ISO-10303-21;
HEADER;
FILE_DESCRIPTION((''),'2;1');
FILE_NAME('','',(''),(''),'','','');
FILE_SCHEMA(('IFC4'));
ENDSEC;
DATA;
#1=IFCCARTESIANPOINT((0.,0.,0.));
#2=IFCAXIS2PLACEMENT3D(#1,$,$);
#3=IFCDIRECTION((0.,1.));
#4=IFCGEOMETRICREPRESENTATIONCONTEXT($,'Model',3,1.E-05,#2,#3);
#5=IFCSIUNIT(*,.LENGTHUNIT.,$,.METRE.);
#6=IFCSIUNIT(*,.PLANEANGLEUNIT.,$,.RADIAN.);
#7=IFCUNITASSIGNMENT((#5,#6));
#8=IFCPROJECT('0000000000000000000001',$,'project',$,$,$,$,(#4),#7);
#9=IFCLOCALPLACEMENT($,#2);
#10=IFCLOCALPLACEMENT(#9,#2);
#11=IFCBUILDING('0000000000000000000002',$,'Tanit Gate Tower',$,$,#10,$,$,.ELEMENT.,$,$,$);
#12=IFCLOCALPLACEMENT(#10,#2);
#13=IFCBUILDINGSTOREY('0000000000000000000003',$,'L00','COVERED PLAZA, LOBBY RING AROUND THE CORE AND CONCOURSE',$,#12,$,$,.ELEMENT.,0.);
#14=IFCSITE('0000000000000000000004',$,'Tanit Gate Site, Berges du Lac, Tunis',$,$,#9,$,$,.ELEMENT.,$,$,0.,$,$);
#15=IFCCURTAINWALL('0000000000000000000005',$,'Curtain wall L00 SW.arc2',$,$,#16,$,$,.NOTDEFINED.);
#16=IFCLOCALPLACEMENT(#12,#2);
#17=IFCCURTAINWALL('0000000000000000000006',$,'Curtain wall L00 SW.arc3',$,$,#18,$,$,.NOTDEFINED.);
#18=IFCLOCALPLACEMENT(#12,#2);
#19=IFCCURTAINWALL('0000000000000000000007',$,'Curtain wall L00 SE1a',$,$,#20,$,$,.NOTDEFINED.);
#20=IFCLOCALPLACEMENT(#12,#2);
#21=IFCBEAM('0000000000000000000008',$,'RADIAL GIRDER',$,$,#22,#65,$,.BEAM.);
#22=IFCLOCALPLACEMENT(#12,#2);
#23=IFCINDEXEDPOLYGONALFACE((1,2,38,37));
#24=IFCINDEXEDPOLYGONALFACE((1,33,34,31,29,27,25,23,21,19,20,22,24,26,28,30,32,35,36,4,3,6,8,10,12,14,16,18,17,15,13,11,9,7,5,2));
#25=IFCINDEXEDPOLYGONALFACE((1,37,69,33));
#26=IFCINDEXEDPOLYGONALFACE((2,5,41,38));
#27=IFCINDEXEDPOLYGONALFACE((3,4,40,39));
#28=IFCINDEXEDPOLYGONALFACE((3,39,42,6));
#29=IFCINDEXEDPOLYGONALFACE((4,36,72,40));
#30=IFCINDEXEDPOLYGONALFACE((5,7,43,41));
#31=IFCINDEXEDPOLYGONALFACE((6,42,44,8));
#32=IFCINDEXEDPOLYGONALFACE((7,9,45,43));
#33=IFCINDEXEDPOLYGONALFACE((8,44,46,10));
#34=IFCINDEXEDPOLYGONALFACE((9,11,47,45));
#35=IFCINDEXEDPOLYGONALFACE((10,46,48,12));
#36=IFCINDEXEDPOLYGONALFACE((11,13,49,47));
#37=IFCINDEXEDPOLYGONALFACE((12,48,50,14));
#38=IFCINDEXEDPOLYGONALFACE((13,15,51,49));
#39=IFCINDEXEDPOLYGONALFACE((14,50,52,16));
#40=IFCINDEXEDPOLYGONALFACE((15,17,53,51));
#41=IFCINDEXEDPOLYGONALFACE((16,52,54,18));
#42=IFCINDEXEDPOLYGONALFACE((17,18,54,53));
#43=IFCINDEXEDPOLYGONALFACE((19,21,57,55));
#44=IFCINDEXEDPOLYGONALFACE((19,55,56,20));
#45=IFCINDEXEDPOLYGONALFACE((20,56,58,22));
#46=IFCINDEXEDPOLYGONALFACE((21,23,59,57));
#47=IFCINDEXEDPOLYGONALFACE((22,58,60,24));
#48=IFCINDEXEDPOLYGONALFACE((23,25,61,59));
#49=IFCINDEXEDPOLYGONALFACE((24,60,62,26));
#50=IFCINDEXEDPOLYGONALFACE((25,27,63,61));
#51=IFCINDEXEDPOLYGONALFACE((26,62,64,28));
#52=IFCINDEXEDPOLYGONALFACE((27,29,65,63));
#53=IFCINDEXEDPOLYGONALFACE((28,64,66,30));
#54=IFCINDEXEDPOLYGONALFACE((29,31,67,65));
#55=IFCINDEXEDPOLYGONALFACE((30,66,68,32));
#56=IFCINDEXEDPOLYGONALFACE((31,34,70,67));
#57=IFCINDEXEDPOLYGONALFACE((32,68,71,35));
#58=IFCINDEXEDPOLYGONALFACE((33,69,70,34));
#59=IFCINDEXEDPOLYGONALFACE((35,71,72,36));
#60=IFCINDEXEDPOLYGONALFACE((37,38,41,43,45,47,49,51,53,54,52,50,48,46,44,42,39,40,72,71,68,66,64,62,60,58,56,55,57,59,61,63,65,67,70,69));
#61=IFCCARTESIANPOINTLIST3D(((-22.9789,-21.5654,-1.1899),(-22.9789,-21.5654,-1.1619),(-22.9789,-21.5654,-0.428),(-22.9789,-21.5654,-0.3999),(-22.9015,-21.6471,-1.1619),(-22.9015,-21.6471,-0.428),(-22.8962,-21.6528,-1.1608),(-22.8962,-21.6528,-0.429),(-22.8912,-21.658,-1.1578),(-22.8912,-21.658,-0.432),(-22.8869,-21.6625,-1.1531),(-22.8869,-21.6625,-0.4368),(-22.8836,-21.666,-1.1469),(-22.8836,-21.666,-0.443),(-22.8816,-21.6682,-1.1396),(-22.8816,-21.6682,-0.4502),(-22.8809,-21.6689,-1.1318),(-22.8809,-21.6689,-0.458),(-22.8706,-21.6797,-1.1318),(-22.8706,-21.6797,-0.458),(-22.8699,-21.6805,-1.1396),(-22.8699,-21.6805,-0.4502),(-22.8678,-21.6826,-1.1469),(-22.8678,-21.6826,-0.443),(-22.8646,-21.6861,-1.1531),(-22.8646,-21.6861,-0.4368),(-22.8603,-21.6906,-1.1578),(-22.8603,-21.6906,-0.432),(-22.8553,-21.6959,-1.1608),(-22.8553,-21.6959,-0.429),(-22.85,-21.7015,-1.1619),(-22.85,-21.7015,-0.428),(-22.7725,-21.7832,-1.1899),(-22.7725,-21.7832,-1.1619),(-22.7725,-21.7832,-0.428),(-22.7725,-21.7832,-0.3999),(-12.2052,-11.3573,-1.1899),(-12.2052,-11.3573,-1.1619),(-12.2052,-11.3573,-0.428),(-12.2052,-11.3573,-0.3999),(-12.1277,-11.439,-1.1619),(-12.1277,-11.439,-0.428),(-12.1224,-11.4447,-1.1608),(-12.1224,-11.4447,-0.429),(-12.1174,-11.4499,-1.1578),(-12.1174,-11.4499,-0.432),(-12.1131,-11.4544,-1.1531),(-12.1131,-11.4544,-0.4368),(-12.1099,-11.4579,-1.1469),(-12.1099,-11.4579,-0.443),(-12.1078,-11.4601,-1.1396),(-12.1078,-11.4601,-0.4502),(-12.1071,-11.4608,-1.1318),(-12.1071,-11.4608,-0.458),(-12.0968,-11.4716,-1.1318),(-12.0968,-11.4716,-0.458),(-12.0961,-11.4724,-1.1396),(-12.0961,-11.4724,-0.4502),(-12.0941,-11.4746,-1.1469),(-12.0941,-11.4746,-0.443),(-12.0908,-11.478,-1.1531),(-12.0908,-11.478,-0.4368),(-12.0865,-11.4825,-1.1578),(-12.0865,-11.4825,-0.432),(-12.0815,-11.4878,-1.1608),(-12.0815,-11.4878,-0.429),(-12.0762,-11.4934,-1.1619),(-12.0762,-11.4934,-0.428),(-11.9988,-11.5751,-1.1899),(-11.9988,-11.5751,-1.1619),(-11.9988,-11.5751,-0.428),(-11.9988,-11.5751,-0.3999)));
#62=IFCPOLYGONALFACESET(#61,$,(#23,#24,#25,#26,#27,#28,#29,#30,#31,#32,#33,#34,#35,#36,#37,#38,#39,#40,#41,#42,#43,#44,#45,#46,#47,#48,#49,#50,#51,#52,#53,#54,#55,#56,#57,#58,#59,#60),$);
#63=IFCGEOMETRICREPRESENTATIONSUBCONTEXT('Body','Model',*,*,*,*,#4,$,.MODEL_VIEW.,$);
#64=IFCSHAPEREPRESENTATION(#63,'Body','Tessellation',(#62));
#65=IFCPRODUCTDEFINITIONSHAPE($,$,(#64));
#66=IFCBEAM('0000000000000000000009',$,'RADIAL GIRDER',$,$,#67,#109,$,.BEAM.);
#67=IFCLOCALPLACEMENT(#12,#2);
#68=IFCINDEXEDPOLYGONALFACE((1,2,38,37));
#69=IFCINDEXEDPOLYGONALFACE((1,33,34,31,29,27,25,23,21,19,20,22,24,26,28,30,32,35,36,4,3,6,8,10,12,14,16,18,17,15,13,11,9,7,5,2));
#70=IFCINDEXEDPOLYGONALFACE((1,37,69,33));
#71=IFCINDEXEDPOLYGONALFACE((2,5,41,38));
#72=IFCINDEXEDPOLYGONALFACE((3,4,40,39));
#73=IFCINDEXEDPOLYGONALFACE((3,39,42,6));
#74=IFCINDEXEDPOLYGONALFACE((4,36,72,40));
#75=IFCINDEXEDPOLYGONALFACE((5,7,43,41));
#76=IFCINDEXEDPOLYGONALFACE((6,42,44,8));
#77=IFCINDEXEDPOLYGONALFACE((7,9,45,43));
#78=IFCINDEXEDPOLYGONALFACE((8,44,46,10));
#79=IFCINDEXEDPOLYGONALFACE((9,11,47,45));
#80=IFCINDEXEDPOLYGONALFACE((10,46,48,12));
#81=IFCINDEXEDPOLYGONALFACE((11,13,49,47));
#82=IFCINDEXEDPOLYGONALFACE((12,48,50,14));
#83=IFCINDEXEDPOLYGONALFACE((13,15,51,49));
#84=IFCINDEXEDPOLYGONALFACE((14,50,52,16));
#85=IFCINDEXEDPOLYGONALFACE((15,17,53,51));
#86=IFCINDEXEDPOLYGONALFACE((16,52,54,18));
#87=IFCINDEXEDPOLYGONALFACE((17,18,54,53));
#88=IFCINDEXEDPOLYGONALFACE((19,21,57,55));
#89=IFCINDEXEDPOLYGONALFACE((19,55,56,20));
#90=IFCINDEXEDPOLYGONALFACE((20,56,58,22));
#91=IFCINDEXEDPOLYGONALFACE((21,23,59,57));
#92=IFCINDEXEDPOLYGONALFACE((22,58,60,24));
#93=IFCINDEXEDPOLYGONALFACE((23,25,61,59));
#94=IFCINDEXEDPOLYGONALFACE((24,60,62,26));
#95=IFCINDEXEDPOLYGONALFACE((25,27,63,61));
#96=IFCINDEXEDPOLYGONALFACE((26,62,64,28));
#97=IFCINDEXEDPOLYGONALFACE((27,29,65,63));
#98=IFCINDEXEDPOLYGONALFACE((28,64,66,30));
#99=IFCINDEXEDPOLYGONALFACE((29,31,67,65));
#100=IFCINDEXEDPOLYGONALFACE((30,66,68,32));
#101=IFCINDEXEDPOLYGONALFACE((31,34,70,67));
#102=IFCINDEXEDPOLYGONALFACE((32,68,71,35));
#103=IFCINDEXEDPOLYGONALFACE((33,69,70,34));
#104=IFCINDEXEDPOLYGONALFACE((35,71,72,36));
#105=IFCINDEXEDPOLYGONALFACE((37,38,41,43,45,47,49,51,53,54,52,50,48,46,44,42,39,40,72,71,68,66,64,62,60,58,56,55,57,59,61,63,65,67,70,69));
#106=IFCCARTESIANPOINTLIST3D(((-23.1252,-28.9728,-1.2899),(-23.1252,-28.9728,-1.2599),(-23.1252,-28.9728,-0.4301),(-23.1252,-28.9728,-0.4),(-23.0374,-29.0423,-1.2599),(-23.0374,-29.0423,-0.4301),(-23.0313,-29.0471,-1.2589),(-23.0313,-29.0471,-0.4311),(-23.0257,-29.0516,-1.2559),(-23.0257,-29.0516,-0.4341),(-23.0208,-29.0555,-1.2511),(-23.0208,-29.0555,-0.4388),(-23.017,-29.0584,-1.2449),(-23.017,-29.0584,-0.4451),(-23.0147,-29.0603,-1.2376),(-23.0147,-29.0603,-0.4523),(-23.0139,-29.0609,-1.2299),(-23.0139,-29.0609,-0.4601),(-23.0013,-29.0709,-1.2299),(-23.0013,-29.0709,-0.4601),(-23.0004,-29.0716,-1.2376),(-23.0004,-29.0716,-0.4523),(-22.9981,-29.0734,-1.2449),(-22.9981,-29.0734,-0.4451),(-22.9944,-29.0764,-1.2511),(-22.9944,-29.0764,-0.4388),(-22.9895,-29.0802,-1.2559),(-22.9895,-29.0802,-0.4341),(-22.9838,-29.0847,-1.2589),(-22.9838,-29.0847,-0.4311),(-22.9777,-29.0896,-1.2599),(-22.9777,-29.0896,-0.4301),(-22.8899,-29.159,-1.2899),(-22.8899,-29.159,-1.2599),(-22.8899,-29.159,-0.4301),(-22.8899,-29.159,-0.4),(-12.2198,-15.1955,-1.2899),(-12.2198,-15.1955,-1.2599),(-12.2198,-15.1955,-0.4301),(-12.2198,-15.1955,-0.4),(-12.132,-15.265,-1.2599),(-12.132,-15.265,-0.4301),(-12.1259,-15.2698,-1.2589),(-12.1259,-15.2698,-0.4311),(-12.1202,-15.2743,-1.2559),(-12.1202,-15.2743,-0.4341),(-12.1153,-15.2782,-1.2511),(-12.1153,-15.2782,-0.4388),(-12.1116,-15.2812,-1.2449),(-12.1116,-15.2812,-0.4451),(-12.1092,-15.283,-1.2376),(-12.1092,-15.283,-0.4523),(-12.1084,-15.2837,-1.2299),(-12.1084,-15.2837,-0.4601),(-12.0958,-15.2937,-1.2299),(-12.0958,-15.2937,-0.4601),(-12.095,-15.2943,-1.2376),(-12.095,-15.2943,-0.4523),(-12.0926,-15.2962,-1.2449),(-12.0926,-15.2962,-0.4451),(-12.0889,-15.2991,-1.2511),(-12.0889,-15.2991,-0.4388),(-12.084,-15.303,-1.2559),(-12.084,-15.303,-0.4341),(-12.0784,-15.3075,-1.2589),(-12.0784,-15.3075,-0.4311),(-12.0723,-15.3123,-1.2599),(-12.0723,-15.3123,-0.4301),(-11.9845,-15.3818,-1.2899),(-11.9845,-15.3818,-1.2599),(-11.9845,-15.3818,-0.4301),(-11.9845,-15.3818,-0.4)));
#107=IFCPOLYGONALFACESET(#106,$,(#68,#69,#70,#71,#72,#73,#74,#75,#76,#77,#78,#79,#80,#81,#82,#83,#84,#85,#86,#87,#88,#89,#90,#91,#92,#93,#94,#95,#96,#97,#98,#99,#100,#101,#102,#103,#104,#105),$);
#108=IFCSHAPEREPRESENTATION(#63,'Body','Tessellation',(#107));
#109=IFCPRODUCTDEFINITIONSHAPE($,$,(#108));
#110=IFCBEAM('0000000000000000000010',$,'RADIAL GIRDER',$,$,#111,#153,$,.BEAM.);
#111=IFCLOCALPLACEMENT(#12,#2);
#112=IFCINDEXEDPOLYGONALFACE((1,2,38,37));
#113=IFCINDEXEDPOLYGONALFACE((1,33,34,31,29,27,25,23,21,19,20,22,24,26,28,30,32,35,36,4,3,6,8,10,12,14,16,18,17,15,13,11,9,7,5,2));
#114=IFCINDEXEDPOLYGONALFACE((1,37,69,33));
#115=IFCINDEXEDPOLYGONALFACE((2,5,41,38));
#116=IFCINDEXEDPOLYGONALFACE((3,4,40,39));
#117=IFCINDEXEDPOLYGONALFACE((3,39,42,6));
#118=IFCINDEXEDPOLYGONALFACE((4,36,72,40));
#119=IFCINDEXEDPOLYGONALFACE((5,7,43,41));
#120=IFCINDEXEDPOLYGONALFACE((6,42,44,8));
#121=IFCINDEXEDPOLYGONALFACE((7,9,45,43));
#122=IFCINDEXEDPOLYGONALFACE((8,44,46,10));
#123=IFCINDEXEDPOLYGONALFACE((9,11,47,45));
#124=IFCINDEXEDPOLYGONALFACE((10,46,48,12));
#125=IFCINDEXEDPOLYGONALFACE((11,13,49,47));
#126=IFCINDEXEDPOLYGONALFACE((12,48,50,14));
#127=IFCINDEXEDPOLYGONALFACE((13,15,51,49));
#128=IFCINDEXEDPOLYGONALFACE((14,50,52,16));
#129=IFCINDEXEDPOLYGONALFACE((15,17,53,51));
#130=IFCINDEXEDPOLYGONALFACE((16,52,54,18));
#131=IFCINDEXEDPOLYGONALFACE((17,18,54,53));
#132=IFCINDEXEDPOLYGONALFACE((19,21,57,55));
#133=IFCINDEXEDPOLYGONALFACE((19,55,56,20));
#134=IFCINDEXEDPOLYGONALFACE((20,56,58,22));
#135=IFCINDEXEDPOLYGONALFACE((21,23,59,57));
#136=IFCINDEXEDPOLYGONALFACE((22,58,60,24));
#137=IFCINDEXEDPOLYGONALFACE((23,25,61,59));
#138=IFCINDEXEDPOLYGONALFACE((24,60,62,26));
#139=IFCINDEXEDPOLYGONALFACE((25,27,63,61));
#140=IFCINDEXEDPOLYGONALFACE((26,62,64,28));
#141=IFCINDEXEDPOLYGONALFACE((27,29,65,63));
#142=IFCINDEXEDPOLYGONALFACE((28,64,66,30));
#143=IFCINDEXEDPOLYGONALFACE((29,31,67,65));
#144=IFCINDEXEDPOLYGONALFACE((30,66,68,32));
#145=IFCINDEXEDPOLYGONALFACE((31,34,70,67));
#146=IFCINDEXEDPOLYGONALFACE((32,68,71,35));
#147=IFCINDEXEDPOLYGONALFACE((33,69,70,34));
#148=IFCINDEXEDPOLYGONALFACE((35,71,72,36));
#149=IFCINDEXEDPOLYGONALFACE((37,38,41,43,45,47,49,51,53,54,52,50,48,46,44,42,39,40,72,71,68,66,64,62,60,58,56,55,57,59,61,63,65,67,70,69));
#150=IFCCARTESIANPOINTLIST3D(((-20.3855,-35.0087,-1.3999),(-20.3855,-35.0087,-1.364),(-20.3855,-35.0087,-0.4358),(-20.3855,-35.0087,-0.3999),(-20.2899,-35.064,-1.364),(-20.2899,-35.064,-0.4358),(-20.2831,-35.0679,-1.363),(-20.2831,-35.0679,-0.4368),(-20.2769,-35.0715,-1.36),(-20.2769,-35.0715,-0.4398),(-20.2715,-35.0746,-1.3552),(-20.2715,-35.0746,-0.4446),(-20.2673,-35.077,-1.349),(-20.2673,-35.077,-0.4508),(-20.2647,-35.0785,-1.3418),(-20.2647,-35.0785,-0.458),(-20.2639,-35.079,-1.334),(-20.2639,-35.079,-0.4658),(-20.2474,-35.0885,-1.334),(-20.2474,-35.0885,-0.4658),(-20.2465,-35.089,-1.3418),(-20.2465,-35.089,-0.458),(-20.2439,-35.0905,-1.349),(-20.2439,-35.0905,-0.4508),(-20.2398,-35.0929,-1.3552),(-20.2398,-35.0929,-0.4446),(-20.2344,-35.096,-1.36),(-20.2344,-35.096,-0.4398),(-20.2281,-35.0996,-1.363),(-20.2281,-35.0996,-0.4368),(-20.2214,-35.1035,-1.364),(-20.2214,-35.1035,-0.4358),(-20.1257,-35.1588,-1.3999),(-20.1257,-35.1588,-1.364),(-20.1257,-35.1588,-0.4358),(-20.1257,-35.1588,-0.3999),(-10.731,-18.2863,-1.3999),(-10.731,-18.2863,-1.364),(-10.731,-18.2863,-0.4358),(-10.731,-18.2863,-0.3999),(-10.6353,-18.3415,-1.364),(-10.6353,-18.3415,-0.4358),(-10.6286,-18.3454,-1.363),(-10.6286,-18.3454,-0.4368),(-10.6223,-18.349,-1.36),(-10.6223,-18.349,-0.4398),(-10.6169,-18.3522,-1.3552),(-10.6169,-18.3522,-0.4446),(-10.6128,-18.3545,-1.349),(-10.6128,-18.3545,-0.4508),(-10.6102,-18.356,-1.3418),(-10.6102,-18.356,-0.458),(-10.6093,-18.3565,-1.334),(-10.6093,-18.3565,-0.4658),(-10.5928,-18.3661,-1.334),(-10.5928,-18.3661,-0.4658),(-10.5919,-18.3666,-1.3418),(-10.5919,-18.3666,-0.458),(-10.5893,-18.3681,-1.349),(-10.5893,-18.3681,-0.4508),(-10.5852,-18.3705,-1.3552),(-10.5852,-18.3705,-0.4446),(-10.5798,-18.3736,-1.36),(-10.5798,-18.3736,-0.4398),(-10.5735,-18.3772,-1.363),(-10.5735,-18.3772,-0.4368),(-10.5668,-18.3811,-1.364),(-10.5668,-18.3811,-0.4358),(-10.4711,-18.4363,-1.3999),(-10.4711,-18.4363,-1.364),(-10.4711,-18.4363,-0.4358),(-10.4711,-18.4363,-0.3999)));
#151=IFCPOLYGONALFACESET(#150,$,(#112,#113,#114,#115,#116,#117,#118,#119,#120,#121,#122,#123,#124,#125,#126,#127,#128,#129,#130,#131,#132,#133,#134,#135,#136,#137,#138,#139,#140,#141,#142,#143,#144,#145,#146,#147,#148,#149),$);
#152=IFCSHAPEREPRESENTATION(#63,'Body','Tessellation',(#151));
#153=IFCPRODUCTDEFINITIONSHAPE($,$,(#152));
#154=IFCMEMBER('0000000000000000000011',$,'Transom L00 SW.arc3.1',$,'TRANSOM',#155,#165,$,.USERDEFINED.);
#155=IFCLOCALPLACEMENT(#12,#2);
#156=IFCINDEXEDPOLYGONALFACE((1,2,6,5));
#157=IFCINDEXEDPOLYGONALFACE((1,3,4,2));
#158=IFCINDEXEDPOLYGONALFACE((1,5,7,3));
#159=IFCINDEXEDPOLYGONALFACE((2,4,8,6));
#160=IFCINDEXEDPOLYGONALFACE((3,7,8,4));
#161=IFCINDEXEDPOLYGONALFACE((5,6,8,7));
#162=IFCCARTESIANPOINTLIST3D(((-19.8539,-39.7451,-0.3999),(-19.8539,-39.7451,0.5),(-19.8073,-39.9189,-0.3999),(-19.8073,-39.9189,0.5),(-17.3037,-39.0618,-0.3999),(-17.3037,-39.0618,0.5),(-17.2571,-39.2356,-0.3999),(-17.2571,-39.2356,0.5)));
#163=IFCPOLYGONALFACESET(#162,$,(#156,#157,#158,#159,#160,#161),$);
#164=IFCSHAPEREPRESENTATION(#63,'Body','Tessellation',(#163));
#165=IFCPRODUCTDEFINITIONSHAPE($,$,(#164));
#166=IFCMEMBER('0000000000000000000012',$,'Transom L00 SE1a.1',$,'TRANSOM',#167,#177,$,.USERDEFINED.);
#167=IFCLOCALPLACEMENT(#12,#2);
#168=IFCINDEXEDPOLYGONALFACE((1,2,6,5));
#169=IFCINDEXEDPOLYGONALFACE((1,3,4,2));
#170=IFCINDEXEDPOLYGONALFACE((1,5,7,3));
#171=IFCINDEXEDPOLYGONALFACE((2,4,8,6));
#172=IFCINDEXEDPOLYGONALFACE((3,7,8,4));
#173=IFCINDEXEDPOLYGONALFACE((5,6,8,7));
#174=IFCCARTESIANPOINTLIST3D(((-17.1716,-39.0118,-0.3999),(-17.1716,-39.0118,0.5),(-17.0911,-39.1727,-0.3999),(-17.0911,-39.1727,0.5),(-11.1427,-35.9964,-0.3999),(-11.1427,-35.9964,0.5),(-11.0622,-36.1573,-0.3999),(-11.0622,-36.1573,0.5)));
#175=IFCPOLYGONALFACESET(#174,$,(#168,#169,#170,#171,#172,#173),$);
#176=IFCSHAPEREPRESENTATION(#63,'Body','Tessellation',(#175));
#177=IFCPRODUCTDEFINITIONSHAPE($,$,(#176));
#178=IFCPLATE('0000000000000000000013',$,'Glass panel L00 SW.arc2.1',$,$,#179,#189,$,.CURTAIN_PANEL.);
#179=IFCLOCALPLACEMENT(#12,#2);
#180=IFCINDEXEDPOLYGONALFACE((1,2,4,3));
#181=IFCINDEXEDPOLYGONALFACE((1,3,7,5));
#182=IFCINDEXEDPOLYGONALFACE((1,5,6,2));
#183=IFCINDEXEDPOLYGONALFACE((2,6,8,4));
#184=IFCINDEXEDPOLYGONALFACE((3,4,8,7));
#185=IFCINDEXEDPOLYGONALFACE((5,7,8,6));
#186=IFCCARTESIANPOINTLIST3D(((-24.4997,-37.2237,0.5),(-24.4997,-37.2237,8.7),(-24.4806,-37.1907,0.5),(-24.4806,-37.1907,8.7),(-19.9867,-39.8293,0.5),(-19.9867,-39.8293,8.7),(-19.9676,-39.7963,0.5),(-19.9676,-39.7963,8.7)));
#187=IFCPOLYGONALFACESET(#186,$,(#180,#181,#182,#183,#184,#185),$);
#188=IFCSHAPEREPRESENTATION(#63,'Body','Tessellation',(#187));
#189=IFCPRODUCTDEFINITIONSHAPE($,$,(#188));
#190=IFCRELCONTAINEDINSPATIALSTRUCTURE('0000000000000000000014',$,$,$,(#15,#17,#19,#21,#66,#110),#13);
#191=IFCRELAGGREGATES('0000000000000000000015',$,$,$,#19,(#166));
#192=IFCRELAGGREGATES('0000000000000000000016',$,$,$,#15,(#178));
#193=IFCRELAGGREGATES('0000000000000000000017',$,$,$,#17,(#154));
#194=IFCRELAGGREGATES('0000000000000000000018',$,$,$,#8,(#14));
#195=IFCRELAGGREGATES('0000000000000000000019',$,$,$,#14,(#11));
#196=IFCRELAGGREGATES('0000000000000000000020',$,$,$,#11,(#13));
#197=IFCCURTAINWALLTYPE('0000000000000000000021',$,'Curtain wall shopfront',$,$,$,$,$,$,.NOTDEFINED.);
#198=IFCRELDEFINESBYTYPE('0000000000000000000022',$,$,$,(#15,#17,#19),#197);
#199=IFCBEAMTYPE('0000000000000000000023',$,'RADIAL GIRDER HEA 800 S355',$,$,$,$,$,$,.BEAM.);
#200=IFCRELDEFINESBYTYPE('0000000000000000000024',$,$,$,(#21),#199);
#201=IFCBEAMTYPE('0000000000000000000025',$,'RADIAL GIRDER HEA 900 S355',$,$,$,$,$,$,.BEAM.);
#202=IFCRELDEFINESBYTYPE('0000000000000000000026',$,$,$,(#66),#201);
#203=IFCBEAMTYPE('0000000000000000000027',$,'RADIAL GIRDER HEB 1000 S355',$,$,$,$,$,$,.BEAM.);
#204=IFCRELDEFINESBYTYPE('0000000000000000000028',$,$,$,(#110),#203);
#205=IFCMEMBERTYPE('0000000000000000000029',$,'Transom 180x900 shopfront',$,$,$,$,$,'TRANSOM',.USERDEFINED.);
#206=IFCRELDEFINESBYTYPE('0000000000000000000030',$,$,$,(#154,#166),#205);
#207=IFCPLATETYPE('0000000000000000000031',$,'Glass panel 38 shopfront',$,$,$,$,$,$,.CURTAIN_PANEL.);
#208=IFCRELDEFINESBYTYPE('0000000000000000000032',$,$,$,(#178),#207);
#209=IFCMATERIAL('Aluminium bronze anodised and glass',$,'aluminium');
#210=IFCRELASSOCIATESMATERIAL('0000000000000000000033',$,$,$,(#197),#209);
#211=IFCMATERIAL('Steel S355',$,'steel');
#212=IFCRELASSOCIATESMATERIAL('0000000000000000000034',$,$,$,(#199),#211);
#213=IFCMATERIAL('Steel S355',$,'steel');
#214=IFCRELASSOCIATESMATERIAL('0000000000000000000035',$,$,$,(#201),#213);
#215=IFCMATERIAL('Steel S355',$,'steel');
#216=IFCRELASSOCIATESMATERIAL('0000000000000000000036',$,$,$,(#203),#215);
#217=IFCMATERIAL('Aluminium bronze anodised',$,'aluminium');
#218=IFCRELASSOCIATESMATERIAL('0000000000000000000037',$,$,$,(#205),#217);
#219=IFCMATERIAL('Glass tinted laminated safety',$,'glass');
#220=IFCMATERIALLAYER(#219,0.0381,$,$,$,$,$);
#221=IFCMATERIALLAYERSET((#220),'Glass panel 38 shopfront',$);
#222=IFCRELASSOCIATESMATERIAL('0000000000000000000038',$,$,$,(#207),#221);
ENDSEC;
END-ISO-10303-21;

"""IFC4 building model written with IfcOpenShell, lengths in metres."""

from ifc_helpers import new_model, si_unit, direction, frame, origin, origin_2d, place, context, subcontext, project, spatial, rectangle, i_section, extrude, material, layer, layer_set, material_profile, profile_set, type_object, element, aggregate, save


model = new_model("IFC4")

# Units and contexts
model_context = context("Model", 3, precision=1e-05, world=origin(), true_north=direction((0.0, 1.0)))
body_context = subcontext(model_context, "Body", "Model", "MODEL_VIEW")
ifc_project = project(units=[si_unit("LENGTHUNIT", "METRE"), si_unit("PLANEANGLEUNIT", "RADIAN")], contexts=[model_context])

# Site, building, storey
site_placement = place(None, origin())
site = spatial("IfcSite", under=ifc_project, at=site_placement, Name="Tanit Gate Site, Berges du Lac, Tunis", CompositionType="ELEMENT", RefElevation=0.0)
building_placement = place(site_placement, origin())
building = spatial("IfcBuilding", under=site, at=building_placement, Name="Tanit Gate Tower", CompositionType="ELEMENT")
storey_placement = place(building_placement, origin())
storey = spatial("IfcBuildingStorey", under=building, at=storey_placement, Name="L00", Description="COVERED PLAZA, LOBBY RING AROUND THE CORE AND CONCOURSE", CompositionType="ELEMENT", Elevation=0.0)

# Curtain wall
ifc_material_1 = material(Name="Aluminium bronze anodised and glass", Category="aluminium")
curtain_wall_type = type_object("IfcCurtainWallType", Name="Curtain wall shopfront", PredefinedType="NOTDEFINED", material=ifc_material_1)
curtain_wall_1_placement = place(storey_placement, origin())
curtain_wall_1 = element("IfcCurtainWall", 1, at=curtain_wall_1_placement, inside=storey, type_object=curtain_wall_type, Name="Curtain wall L00 SW.arc2", PredefinedType="NOTDEFINED")

# Curtain wall
curtain_wall_2_placement = place(storey_placement, origin())
curtain_wall_2 = element("IfcCurtainWall", 2, at=curtain_wall_2_placement, inside=storey, type_object=curtain_wall_type, Name="Curtain wall L00 SW.arc3", PredefinedType="NOTDEFINED")

# Curtain wall
curtain_wall_3_placement = place(storey_placement, origin())
curtain_wall_3 = element("IfcCurtainWall", 3, at=curtain_wall_3_placement, inside=storey, type_object=curtain_wall_type, Name="Curtain wall L00 SE1a", PredefinedType="NOTDEFINED")

# Beams
ifc_material_2 = material(Name="Steel S355", Category="steel")
ifc_material_profile_1 = material_profile(ifc_material_2, i_section(OverallWidth=0.3, OverallDepth=0.79, WebThickness=0.0149, FlangeThickness=0.0281, FilletRadius=0.03, at=origin_2d()), Name="HEA 800")
ifc_profile_set_1 = profile_set([ifc_material_profile_1], Name="Steel S355")
beam_type_1 = type_object("IfcBeamType", Name="RADIAL GIRDER HEA 800 S355", PredefinedType="BEAM", material=ifc_profile_set_1)
beam_1_placement = place(storey_placement, frame((-22.8757, -21.6743, -0.7949), z_axis=(0.725907, 0.687793, 0.0), x_axis=(-0.687793, 0.725907, 0.0)))
element("IfcBeam", 4, at=beam_1_placement, inside=storey, type_object=beam_type_1, Name="RADIAL GIRDER", PredefinedType="BEAM", context=body_context, shape_type="SweptSolid", body=[
    extrude(i_section(OverallWidth=0.3, OverallDepth=0.79, WebThickness=0.0149, FlangeThickness=0.0281, FilletRadius=0.03, at=origin_2d()), origin(), (0.0, 0.0, 1.0), 14.8418),
])
ifc_material_3 = material(Name="Steel S355", Category="steel")
ifc_material_profile_2 = material_profile(ifc_material_3, i_section(OverallWidth=0.3, OverallDepth=0.8899, WebThickness=0.0161, FlangeThickness=0.03, FilletRadius=0.03, at=origin_2d()), Name="HEA 900")
ifc_profile_set_2 = profile_set([ifc_material_profile_2], Name="Steel S355")
beam_type_2 = type_object("IfcBeamType", Name="RADIAL GIRDER HEA 900 S355", PredefinedType="BEAM", material=ifc_profile_set_2)
beam_2_placement = place(storey_placement, frame((-23.0076, -29.0659, -0.845), z_axis=(0.620649, 0.784089, 0.0), x_axis=(-0.784089, 0.620649, 0.0)))
element("IfcBeam", 5, at=beam_2_placement, inside=storey, type_object=beam_type_2, Name="RADIAL GIRDER", PredefinedType="BEAM", context=body_context, shape_type="SweptSolid", body=[
    extrude(i_section(OverallWidth=0.3, OverallDepth=0.8899, WebThickness=0.0161, FlangeThickness=0.03, FilletRadius=0.03, at=origin_2d()), origin(), (0.0, 0.0, 1.0), 17.571),
])
ifc_material_4 = material(Name="Steel S355", Category="steel")
ifc_material_profile_3 = material_profile(ifc_material_4, i_section(OverallWidth=0.3, OverallDepth=1.0, WebThickness=0.019, FlangeThickness=0.0359, FilletRadius=0.03, at=origin_2d()), Name="HEB 1000")
ifc_profile_set_3 = profile_set([ifc_material_profile_3], Name="Steel S355")
beam_type_3 = type_object("IfcBeamType", Name="RADIAL GIRDER HEB 1000 S355", PredefinedType="BEAM", material=ifc_profile_set_3)
beam_3_placement = place(storey_placement, frame((-20.2556, -35.0837, -0.8999), z_axis=(0.499994, 0.866029, 0.0), x_axis=(-0.866029, 0.499994, 0.0)))
element("IfcBeam", 6, at=beam_3_placement, inside=storey, type_object=beam_type_3, Name="RADIAL GIRDER", PredefinedType="BEAM", context=body_context, shape_type="SweptSolid", body=[
    extrude(i_section(OverallWidth=0.3, OverallDepth=1.0, WebThickness=0.019, FlangeThickness=0.0359, FilletRadius=0.03, at=origin_2d()), origin(), (0.0, 0.0, 1.0), 19.3093),
])

# Members
ifc_material_5 = material(Name="Aluminium bronze anodised", Category="aluminium")
ifc_material_profile_4 = material_profile(ifc_material_5, rectangle(XDim=0.1799, YDim=0.8999, at=origin_2d()), Name="180x900 bronze transom")
ifc_profile_set_4 = profile_set([ifc_material_profile_4], Name="Aluminium bronze anodised")
member_type_1 = type_object("IfcMemberType", Name="Transom 180x900 shopfront", ElementType="TRANSOM", PredefinedType="USERDEFINED", material=ifc_profile_set_4)
member_1_placement = place(storey_placement, frame((-19.8306, -39.832, 0.05), z_axis=(0.965926, 0.258819, 0.0), x_axis=(-0.258819, 0.965926, 0.0)))
member_1 = element("IfcMember", 7, at=member_1_placement, type_object=member_type_1, Name="Transom L00 SW.arc3.1", ObjectType="TRANSOM", PredefinedType="USERDEFINED", context=body_context, shape_type="SweptSolid", body=[
    extrude(rectangle(XDim=0.1799, YDim=0.8999, at=origin_2d()), origin(), (0.0, 0.0, 1.0), 2.6401),
])
member_2_placement = place(storey_placement, frame((-17.1313, -39.0923, 0.05), z_axis=(0.894369, 0.447329, 0.0), x_axis=(-0.447329, 0.894369, 0.0)))
member_2 = element("IfcMember", 8, at=member_2_placement, type_object=member_type_1, Name="Transom L00 SE1a.1", ObjectType="TRANSOM", PredefinedType="USERDEFINED", context=body_context, shape_type="SweptSolid", body=[
    extrude(rectangle(XDim=0.1799, YDim=0.8999, at=origin_2d()), origin(), (0.0, 0.0, 1.0), 6.741),
])
aggregate(curtain_wall_3, [member_2])

# Plate
ifc_material_6 = material(Name="Glass tinted laminated safety", Category="glass")
ifc_layer_1 = layer(ifc_material_6, 0.0381)
ifc_layer_set_1 = layer_set([ifc_layer_1], Name="Glass panel 38 shopfront")
plate_type = type_object("IfcPlateType", Name="Glass panel 38 shopfront", PredefinedType="CURTAIN_PANEL", material=ifc_layer_set_1)
plate_1_placement = place(storey_placement, frame((-22.2336, -38.51, 0.5), z_axis=(0.0, 0.0, 1.0), x_axis=(0.866025, -0.5, 0.0)))
plate_1 = element("IfcPlate", 9, at=plate_1_placement, type_object=plate_type, Name="Glass panel L00 SW.arc2.1", PredefinedType="CURTAIN_PANEL", context=body_context, shape_type="SweptSolid", body=[
    extrude(rectangle(XDim=5.2112, YDim=0.0381, at=origin_2d()), origin(), (0.0, 0.0, 1.0), 8.2),
])
aggregate(curtain_wall_1, [plate_1])
aggregate(curtain_wall_2, [member_1])

save(model, "model.ifc")
